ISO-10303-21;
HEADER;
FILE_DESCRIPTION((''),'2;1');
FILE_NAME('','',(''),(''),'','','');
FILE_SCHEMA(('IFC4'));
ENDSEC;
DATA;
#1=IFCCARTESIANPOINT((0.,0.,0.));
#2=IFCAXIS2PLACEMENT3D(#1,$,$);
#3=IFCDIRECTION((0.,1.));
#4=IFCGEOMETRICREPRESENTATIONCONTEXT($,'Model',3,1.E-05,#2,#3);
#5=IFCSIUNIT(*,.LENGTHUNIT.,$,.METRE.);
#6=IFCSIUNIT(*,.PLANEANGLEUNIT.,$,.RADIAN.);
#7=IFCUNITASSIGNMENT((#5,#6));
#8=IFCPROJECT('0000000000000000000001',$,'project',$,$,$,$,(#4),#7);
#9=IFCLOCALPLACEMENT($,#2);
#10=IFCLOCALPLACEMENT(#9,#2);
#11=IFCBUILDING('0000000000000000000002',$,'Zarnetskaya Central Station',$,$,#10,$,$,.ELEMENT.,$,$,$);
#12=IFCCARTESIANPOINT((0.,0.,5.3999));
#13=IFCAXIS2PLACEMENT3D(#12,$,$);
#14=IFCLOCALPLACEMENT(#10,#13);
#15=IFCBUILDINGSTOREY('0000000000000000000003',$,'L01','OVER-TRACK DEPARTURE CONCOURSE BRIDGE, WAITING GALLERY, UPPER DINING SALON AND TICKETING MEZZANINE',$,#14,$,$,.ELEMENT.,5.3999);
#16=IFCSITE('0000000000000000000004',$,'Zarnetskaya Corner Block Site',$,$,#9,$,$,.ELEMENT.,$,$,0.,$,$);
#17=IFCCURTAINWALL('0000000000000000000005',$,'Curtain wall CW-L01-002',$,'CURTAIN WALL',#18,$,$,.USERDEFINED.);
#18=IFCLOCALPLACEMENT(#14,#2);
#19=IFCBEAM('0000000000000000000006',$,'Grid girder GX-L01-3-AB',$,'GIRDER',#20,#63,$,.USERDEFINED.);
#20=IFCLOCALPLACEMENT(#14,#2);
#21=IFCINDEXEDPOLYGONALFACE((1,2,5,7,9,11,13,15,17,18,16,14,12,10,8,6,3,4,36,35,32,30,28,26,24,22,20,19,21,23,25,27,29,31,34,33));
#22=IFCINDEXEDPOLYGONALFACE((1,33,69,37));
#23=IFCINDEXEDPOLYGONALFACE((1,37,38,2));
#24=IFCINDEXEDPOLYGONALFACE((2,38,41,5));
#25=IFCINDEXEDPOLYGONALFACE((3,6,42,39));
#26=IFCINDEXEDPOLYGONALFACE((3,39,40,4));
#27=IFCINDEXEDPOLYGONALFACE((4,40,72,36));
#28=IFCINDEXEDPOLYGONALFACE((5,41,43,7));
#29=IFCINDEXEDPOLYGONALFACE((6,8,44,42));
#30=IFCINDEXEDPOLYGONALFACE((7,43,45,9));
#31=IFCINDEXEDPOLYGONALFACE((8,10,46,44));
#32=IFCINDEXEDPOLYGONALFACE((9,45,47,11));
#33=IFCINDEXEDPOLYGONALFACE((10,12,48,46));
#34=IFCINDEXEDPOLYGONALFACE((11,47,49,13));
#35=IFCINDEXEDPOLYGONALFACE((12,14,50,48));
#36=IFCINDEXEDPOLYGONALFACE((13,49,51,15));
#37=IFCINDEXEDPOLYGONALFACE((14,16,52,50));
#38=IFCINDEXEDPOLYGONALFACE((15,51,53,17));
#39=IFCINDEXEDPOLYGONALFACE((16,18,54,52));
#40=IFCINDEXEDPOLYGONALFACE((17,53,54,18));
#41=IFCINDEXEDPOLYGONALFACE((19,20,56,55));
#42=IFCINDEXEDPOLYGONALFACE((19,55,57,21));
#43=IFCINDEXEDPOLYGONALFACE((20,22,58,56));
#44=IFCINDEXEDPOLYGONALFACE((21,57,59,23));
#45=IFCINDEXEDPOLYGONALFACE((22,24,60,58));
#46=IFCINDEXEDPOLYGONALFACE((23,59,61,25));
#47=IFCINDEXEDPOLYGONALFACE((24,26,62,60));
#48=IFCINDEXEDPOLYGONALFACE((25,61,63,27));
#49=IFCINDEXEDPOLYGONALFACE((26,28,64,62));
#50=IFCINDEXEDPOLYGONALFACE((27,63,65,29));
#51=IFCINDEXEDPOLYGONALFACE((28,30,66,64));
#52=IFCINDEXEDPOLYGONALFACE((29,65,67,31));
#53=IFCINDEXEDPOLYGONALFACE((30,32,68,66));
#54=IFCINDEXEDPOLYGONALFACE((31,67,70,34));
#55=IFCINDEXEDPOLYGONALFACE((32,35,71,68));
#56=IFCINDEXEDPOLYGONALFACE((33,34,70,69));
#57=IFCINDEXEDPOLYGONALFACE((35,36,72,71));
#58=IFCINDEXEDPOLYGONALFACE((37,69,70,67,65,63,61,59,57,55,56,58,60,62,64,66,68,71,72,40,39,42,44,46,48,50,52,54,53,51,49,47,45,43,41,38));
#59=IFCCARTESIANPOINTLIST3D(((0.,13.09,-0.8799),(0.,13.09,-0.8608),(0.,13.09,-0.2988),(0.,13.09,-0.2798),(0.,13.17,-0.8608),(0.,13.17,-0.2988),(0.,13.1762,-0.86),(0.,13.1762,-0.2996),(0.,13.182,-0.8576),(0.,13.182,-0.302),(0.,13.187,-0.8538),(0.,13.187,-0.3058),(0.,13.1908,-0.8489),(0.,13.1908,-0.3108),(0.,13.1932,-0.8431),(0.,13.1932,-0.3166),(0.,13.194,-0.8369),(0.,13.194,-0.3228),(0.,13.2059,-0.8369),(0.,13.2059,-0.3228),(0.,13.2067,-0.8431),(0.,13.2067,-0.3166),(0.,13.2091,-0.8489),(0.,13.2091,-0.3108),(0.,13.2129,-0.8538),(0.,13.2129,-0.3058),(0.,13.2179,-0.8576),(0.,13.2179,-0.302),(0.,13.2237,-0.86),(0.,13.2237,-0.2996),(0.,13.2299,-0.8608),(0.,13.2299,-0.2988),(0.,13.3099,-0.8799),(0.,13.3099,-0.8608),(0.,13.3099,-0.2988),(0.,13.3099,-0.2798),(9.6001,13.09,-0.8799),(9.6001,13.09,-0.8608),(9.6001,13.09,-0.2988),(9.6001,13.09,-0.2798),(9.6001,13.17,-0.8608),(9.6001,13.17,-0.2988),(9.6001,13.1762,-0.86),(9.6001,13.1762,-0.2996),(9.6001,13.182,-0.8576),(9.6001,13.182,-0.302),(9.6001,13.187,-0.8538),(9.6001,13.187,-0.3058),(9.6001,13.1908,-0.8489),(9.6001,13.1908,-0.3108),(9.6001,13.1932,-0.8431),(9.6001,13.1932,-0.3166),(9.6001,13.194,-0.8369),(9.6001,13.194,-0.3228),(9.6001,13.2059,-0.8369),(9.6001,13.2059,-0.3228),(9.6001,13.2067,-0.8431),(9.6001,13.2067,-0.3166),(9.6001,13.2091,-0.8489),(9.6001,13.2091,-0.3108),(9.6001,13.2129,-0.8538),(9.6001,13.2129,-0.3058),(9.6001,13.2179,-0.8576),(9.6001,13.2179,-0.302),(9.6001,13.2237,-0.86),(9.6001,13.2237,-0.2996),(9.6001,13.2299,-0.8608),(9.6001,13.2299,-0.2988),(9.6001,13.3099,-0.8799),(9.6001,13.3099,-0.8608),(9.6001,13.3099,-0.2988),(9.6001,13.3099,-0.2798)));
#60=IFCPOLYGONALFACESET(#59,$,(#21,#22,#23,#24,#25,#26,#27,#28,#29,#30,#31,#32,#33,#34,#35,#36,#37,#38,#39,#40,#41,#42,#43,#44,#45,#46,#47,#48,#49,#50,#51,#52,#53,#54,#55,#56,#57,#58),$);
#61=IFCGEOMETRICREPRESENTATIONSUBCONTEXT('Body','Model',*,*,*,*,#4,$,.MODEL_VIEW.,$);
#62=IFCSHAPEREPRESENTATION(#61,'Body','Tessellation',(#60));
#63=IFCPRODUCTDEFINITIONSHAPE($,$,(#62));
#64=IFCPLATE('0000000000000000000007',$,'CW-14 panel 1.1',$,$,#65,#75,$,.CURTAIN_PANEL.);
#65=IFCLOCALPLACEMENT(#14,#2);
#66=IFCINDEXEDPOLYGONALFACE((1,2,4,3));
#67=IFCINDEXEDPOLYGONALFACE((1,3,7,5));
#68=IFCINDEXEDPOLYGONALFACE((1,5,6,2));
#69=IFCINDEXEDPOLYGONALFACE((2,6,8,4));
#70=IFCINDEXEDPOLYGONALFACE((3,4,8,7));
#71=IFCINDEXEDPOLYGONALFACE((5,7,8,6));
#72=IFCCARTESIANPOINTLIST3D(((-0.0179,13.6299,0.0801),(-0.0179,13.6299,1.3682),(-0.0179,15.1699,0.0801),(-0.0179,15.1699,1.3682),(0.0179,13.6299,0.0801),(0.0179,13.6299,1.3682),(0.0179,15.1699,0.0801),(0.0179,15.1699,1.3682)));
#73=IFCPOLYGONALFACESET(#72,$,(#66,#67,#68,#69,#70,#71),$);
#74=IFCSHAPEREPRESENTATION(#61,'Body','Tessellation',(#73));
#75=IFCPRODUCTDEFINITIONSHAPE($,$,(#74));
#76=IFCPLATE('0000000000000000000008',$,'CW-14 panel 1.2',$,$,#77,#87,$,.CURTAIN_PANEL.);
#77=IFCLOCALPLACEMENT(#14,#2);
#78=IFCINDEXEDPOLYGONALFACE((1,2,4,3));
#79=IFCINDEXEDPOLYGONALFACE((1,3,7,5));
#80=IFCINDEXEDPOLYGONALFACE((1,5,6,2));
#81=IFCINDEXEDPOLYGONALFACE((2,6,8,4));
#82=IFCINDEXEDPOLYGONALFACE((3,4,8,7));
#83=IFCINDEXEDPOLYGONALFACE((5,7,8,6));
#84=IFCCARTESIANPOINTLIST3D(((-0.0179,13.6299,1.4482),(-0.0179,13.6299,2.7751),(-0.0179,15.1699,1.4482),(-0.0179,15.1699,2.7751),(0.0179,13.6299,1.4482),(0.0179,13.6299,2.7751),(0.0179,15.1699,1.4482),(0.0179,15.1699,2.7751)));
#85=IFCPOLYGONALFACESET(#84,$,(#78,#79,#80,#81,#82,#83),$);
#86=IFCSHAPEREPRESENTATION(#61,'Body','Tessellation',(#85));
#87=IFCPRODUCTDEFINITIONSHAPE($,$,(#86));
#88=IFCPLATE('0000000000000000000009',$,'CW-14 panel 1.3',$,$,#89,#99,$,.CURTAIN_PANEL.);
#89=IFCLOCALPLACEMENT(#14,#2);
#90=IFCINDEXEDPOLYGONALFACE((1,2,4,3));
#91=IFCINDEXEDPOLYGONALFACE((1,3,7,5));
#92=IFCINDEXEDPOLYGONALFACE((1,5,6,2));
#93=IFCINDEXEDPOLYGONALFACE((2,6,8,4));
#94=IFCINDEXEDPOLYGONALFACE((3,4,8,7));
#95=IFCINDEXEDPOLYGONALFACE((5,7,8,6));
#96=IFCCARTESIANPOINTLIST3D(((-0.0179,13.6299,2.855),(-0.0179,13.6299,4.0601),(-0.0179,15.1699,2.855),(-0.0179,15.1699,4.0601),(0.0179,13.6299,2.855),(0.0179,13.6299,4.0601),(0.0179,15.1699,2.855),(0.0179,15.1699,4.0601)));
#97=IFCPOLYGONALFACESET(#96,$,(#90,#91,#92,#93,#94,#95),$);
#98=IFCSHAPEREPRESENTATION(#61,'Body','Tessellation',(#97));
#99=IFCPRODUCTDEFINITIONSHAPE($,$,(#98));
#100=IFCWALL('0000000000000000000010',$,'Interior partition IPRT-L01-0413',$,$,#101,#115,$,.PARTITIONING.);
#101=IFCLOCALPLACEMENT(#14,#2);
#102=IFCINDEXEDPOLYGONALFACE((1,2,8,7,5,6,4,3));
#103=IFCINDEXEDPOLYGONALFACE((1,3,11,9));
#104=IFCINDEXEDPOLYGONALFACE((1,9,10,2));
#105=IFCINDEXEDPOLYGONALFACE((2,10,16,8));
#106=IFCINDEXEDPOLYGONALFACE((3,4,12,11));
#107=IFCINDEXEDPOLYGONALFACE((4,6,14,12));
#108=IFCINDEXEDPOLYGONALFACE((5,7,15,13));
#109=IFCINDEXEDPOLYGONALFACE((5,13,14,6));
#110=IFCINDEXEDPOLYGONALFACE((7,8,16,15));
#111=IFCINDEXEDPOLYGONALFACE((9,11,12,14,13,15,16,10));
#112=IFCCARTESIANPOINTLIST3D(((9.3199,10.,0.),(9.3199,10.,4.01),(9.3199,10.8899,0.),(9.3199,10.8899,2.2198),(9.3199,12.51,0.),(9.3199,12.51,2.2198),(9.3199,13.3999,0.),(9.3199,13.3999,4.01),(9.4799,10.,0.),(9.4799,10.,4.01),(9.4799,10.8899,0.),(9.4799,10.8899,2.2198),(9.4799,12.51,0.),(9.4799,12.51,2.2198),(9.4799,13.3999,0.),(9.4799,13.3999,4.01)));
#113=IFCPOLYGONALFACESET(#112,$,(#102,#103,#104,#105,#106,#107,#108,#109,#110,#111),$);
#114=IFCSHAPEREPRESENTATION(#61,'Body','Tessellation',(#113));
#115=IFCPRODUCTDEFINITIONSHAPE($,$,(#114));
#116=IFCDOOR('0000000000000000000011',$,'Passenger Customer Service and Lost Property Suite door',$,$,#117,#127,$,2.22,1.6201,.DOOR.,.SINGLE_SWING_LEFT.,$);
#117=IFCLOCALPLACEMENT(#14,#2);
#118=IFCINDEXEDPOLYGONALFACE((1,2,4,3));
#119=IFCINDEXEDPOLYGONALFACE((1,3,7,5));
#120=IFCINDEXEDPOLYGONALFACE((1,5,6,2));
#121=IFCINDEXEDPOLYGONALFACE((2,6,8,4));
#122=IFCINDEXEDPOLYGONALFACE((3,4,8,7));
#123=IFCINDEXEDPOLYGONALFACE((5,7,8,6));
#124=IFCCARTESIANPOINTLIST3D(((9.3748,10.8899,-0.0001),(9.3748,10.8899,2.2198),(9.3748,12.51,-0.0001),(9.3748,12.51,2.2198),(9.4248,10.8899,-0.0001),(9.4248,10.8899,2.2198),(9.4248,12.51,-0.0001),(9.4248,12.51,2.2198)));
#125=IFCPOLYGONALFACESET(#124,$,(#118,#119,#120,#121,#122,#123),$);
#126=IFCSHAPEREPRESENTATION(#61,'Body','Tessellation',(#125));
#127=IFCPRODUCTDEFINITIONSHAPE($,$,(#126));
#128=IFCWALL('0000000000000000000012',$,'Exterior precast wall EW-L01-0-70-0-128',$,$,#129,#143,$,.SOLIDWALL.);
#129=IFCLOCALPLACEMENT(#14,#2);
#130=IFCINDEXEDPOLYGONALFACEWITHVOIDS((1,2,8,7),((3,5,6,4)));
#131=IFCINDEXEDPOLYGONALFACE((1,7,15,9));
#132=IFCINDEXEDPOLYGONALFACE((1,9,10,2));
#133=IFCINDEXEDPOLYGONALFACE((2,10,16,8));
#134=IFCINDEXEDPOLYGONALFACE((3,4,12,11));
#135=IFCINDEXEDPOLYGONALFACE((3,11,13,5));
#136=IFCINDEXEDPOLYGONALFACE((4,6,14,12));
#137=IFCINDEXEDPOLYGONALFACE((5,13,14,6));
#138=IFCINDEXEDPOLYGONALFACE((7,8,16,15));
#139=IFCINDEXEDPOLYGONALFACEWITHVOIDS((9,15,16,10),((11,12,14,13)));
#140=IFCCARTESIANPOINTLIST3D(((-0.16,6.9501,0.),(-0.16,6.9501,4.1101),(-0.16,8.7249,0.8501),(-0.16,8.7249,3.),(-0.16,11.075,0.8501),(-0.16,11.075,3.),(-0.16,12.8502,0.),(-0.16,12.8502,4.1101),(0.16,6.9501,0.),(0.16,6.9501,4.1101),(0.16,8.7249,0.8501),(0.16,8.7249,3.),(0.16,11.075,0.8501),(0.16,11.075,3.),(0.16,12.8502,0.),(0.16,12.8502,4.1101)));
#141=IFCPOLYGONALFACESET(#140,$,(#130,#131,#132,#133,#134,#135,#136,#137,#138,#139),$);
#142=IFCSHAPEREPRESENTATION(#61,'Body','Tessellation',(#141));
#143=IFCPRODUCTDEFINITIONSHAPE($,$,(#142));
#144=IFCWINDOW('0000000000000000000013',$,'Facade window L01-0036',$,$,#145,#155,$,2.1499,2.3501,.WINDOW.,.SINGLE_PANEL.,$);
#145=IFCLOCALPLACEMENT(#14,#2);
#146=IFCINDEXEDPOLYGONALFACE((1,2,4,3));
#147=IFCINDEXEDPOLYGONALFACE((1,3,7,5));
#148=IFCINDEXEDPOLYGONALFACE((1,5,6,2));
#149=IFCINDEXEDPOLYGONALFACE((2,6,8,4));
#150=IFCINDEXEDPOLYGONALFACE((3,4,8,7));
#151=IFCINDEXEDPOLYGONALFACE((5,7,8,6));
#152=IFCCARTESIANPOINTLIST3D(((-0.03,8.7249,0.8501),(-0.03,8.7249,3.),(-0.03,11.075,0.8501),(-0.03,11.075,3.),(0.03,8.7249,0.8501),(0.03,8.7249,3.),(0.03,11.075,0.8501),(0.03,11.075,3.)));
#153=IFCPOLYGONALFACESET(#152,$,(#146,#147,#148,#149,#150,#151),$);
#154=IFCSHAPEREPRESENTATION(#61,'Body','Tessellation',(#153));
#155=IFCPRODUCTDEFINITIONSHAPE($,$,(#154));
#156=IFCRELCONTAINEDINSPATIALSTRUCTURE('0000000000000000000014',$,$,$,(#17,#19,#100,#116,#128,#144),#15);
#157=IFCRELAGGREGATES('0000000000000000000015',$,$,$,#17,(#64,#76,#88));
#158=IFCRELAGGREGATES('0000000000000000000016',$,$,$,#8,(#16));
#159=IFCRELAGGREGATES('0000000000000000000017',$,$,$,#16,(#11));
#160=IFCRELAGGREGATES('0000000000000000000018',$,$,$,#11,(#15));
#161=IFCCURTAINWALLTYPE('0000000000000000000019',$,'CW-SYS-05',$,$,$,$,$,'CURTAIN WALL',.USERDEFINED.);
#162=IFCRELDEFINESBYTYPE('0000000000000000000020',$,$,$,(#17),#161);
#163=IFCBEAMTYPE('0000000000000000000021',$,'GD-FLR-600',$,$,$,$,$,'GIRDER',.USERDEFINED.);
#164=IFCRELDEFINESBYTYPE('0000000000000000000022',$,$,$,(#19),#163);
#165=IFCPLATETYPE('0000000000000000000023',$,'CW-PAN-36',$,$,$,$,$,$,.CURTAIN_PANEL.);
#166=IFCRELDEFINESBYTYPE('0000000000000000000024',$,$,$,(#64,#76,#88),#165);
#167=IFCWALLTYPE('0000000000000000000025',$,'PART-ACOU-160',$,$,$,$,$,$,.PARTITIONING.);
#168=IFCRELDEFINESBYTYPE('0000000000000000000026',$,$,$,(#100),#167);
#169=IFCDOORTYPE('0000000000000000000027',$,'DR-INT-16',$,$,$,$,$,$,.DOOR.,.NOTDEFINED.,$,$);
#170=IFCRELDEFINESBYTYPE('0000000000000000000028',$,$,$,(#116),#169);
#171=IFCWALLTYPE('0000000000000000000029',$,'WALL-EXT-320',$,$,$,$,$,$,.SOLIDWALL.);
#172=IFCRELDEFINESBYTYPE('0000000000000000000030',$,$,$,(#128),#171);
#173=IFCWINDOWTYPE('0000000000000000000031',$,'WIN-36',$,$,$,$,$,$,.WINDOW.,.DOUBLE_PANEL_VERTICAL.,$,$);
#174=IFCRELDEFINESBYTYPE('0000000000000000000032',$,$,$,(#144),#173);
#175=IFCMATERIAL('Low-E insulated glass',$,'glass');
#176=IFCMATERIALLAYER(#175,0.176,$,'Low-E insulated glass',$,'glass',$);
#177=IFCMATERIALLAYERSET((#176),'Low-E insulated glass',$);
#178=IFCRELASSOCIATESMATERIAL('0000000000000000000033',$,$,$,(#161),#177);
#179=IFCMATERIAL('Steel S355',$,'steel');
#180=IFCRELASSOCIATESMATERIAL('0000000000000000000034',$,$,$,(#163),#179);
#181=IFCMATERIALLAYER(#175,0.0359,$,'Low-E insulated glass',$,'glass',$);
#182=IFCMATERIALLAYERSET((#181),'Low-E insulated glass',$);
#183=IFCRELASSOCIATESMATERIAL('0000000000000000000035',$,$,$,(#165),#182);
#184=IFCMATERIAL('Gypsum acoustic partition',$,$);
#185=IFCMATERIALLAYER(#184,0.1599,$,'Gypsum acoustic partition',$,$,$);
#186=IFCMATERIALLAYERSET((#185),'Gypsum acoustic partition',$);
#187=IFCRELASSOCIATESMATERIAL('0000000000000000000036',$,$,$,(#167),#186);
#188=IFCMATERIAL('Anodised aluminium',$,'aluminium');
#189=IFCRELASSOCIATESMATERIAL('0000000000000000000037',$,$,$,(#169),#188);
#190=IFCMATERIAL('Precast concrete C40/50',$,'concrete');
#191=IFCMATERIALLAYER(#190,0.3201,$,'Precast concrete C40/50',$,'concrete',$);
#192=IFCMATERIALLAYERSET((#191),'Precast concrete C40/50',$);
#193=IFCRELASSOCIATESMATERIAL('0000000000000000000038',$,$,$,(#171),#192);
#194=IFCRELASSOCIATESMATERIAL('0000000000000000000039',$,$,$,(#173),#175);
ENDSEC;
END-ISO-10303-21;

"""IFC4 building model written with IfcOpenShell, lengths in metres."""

from ifc_helpers import new_model, si_unit, direction, frame, frame_2d, origin, origin_2d, place, context, subcontext, project, spatial, rectangle, i_section, extrude, material, layer, layer_set, material_profile, profile_set, type_object, element, fill, aggregate, save


model = new_model("IFC4")

# Units and contexts
model_context = context("Model", 3, precision=1e-05, world=origin(), true_north=direction((0.0, 1.0)))
body_context = subcontext(model_context, "Body", "Model", "MODEL_VIEW")
ifc_project = project(units=[si_unit("LENGTHUNIT", "METRE"), si_unit("PLANEANGLEUNIT", "RADIAN")], contexts=[model_context])

# Site, building, storey
site_placement = place(None, origin())
site = spatial("IfcSite", under=ifc_project, at=site_placement, Name="Zarnetskaya Corner Block Site", CompositionType="ELEMENT", RefElevation=0.0)
building_placement = place(site_placement, origin())
building = spatial("IfcBuilding", under=site, at=building_placement, Name="Zarnetskaya Central Station", CompositionType="ELEMENT")
storey_placement = place(building_placement, frame((0.0, 0.0, 5.3999)))
storey = spatial("IfcBuildingStorey", under=building, at=storey_placement, Name="L01", Description="OVER-TRACK DEPARTURE CONCOURSE BRIDGE, WAITING GALLERY, UPPER DINING SALON AND TICKETING MEZZANINE", CompositionType="ELEMENT", Elevation=5.3999)

# Shared definitions
ifc_material_1 = material(Name="Steel S355", Category="steel")

# Curtain wall
ifc_material_2 = material(Name="Low-E insulated glass", Category="glass")
ifc_layer_1 = layer(ifc_material_2, 0.176, Name="Low-E insulated glass", Category="glass")
ifc_layer_set_1 = layer_set([ifc_layer_1], Name="Low-E insulated glass")
curtain_wall_type = type_object("IfcCurtainWallType", Name="CW-SYS-05", ElementType="CURTAIN WALL", PredefinedType="USERDEFINED", material=ifc_layer_set_1)
curtain_wall_placement = place(storey_placement, origin())
curtain_wall = element("IfcCurtainWall", 1, at=curtain_wall_placement, inside=storey, type_object=curtain_wall_type, Name="Curtain wall CW-L01-002", ObjectType="CURTAIN WALL", PredefinedType="USERDEFINED")
ifc_material_3 = material(Name="Anodised aluminium", Category="aluminium")

# Beam
ifc_material_profile_1 = material_profile(ifc_material_1, i_section(OverallWidth=0.22, OverallDepth=0.6001, WebThickness=0.012, FlangeThickness=0.019, FilletRadius=0.0239, at=origin_2d()), Name="IPE 600")
ifc_profile_set_1 = profile_set([ifc_material_profile_1], Name="Steel S355")
beam_type_1 = type_object("IfcBeamType", Name="GD-FLR-600", ElementType="GIRDER", PredefinedType="USERDEFINED", material=ifc_profile_set_1)
for number, where, z_axis, x_axis, name in (
    (2, (0.0, 13.2, -0.5798), (1.0, 0.0, 0.0), (0.0, 1.0, 0.0), "Grid girder GX-L01-3-AB"),
):
    element("IfcBeam", number, at=place(storey_placement, frame(where, z_axis=z_axis, x_axis=x_axis)), inside=storey, type_object=beam_type_1, Name=name, ObjectType="GIRDER", PredefinedType="USERDEFINED", context=body_context, shape_type="SweptSolid", body=[
        extrude(i_section(OverallWidth=0.22, OverallDepth=0.6001, WebThickness=0.012, FlangeThickness=0.019, FilletRadius=0.0239, at=origin_2d()), origin(), (0.0, 0.0, 1.0), 9.6001),
    ])

# Plates
ifc_layer_2 = layer(ifc_material_2, 0.0359, Name="Low-E insulated glass", Category="glass")
ifc_layer_set_2 = layer_set([ifc_layer_2], Name="Low-E insulated glass")
plate_type = type_object("IfcPlateType", Name="CW-PAN-36", PredefinedType="CURTAIN_PANEL", material=ifc_layer_set_2)
plate_1_placement = place(storey_placement, frame((0.0, 14.3999, 0.0801), z_axis=(0.0, 0.0, 1.0), x_axis=(0.0, 1.0, 0.0)))
plate_1 = element("IfcPlate", 3, at=plate_1_placement, type_object=plate_type, Name="CW-14 panel 1.1", PredefinedType="CURTAIN_PANEL", context=body_context, shape_type="SweptSolid", body=[
    extrude(rectangle(XDim=1.54, YDim=0.0359, at=origin_2d()), origin(), (0.0, 0.0, 1.0), 1.2881),
])
plate_2_placement = place(storey_placement, frame((0.0, 14.3999, 1.4482), z_axis=(0.0, 0.0, 1.0), x_axis=(0.0, 1.0, 0.0)))
plate_2 = element("IfcPlate", 4, at=plate_2_placement, type_object=plate_type, Name="CW-14 panel 1.2", PredefinedType="CURTAIN_PANEL", context=body_context, shape_type="SweptSolid", body=[
    extrude(rectangle(XDim=1.54, YDim=0.0359, at=origin_2d()), origin(), (0.0, 0.0, 1.0), 1.3269),
])
plate_3_placement = place(storey_placement, frame((0.0, 14.3999, 2.855), z_axis=(0.0, 0.0, 1.0), x_axis=(0.0, 1.0, 0.0)))
plate_3 = element("IfcPlate", 5, at=plate_3_placement, type_object=plate_type, Name="CW-14 panel 1.3", PredefinedType="CURTAIN_PANEL", context=body_context, shape_type="SweptSolid", body=[
    extrude(rectangle(XDim=1.54, YDim=0.0359, at=origin_2d()), origin(), (0.0, 0.0, 1.0), 1.2051),
])
aggregate(curtain_wall, [plate_1, plate_2, plate_3])

# Wall, opening, door
ifc_material_4 = material(Name="Gypsum acoustic partition")
ifc_layer_3 = layer(ifc_material_4, 0.1599, Name="Gypsum acoustic partition")
ifc_layer_set_3 = layer_set([ifc_layer_3], Name="Gypsum acoustic partition")
wall_type_1 = type_object("IfcWallType", Name="PART-ACOU-160", PredefinedType="PARTITIONING", material=ifc_layer_set_3)
wall_1_placement = place(storey_placement, frame((9.3999, 13.3999, 0.0), z_axis=(0.0, 0.0, 1.0), x_axis=(0.0, -1.0, 0.0)))
wall_1 = element("IfcWall", 6, at=wall_1_placement, inside=storey, type_object=wall_type_1, Name="Interior partition IPRT-L01-0413", PredefinedType="PARTITIONING", context=body_context, shape_type="SweptSolid", body=[
    extrude(rectangle(XDim=3.3999, YDim=0.1599, at=frame_2d((1.7, 0.0))), origin(), (0.0, 0.0, 1.0), 4.01),
])
opening_1_placement = place(wall_1_placement, frame((0.8899, 0.0, 0.0)))
opening_1 = element("IfcOpeningElement", 7, at=opening_1_placement, cuts=wall_1, PredefinedType="OPENING", context=body_context, shape_type="SweptSolid", body=[
    extrude(rectangle(XDim=1.6201, YDim=2.22, at=frame_2d((0.8101, 1.1099))), frame((0.0, 0.0898, 0.0), z_axis=(0.0, -1.0, 0.0), x_axis=(1.0, 0.0, 0.0)), (0.0, 0.0, 1.0), 0.1799),
])
door_type = type_object("IfcDoorType", Name="DR-INT-16", OperationType="NOTDEFINED", PredefinedType="DOOR", material=ifc_material_3)
door_placement = place(opening_1_placement, origin())
door = element("IfcDoor", 8, at=door_placement, inside=storey, type_object=door_type, Name="Passenger Customer Service and Lost Property Suite door", OperationType="SINGLE_SWING_LEFT", OverallHeight=2.22, OverallWidth=1.6201, PredefinedType="DOOR", context=body_context, shape_type="SweptSolid", body=[
    extrude(rectangle(XDim=1.6201, YDim=2.22, at=frame_2d((0.8101, 1.1099))), frame((0.0, 0.0249, 0.0), z_axis=(0.0, -1.0, 0.0), x_axis=(1.0, 0.0, 0.0)), (0.0, 0.0, 1.0), 0.05),
])
fill(opening_1, door)

# Wall, opening, window
ifc_material_5 = material(Name="Precast concrete C40/50", Category="concrete")
ifc_layer_4 = layer(ifc_material_5, 0.3201, Name="Precast concrete C40/50", Category="concrete")
ifc_layer_set_4 = layer_set([ifc_layer_4], Name="Precast concrete C40/50")
wall_type_2 = type_object("IfcWallType", Name="WALL-EXT-320", PredefinedType="SOLIDWALL", material=ifc_layer_set_4)
wall_2_placement = place(storey_placement, frame((0.0, 6.95, 0.0), z_axis=(0.0, 0.0, 1.0), x_axis=(0.0, 1.0, 0.0)))
wall_2 = element("IfcWall", 9, at=wall_2_placement, inside=storey, type_object=wall_type_2, Name="Exterior precast wall EW-L01-0-70-0-128", PredefinedType="SOLIDWALL", context=body_context, shape_type="SweptSolid", body=[
    extrude(rectangle(XDim=5.9001, YDim=0.3201, at=frame_2d((2.9502, 0.0))), origin(), (0.0, 0.0, 1.0), 4.1101),
])
opening_2_placement = place(wall_2_placement, frame((1.7749, 0.0, 0.8501)))
opening_2 = element("IfcOpeningElement", 10, at=opening_2_placement, cuts=wall_2, PredefinedType="OPENING", context=body_context, shape_type="SweptSolid", body=[
    extrude(rectangle(XDim=2.3501, YDim=2.1499, at=frame_2d((1.175, 1.075))), frame((0.0, 0.1699, 0.0), z_axis=(0.0, -1.0, 0.0), x_axis=(1.0, 0.0, 0.0)), (0.0, 0.0, 1.0), 0.3401),
])
window_type = type_object("IfcWindowType", Name="WIN-36", PartitioningType="DOUBLE_PANEL_VERTICAL", PredefinedType="WINDOW", material=ifc_material_2)
window_placement = place(opening_2_placement, origin())
window = element("IfcWindow", 11, at=window_placement, inside=storey, type_object=window_type, Name="Facade window L01-0036", OverallHeight=2.1499, OverallWidth=2.3501, PartitioningType="SINGLE_PANEL", PredefinedType="WINDOW", context=body_context, shape_type="SweptSolid", body=[
    extrude(rectangle(XDim=2.3501, YDim=2.1499, at=frame_2d((1.175, 1.075))), frame((0.0, 0.03, 0.0), z_axis=(0.0, -1.0, 0.0), x_axis=(1.0, 0.0, 0.0)), (0.0, 0.0, 1.0), 0.0601),
])
fill(opening_2, window)

save(model, "model.ifc")
